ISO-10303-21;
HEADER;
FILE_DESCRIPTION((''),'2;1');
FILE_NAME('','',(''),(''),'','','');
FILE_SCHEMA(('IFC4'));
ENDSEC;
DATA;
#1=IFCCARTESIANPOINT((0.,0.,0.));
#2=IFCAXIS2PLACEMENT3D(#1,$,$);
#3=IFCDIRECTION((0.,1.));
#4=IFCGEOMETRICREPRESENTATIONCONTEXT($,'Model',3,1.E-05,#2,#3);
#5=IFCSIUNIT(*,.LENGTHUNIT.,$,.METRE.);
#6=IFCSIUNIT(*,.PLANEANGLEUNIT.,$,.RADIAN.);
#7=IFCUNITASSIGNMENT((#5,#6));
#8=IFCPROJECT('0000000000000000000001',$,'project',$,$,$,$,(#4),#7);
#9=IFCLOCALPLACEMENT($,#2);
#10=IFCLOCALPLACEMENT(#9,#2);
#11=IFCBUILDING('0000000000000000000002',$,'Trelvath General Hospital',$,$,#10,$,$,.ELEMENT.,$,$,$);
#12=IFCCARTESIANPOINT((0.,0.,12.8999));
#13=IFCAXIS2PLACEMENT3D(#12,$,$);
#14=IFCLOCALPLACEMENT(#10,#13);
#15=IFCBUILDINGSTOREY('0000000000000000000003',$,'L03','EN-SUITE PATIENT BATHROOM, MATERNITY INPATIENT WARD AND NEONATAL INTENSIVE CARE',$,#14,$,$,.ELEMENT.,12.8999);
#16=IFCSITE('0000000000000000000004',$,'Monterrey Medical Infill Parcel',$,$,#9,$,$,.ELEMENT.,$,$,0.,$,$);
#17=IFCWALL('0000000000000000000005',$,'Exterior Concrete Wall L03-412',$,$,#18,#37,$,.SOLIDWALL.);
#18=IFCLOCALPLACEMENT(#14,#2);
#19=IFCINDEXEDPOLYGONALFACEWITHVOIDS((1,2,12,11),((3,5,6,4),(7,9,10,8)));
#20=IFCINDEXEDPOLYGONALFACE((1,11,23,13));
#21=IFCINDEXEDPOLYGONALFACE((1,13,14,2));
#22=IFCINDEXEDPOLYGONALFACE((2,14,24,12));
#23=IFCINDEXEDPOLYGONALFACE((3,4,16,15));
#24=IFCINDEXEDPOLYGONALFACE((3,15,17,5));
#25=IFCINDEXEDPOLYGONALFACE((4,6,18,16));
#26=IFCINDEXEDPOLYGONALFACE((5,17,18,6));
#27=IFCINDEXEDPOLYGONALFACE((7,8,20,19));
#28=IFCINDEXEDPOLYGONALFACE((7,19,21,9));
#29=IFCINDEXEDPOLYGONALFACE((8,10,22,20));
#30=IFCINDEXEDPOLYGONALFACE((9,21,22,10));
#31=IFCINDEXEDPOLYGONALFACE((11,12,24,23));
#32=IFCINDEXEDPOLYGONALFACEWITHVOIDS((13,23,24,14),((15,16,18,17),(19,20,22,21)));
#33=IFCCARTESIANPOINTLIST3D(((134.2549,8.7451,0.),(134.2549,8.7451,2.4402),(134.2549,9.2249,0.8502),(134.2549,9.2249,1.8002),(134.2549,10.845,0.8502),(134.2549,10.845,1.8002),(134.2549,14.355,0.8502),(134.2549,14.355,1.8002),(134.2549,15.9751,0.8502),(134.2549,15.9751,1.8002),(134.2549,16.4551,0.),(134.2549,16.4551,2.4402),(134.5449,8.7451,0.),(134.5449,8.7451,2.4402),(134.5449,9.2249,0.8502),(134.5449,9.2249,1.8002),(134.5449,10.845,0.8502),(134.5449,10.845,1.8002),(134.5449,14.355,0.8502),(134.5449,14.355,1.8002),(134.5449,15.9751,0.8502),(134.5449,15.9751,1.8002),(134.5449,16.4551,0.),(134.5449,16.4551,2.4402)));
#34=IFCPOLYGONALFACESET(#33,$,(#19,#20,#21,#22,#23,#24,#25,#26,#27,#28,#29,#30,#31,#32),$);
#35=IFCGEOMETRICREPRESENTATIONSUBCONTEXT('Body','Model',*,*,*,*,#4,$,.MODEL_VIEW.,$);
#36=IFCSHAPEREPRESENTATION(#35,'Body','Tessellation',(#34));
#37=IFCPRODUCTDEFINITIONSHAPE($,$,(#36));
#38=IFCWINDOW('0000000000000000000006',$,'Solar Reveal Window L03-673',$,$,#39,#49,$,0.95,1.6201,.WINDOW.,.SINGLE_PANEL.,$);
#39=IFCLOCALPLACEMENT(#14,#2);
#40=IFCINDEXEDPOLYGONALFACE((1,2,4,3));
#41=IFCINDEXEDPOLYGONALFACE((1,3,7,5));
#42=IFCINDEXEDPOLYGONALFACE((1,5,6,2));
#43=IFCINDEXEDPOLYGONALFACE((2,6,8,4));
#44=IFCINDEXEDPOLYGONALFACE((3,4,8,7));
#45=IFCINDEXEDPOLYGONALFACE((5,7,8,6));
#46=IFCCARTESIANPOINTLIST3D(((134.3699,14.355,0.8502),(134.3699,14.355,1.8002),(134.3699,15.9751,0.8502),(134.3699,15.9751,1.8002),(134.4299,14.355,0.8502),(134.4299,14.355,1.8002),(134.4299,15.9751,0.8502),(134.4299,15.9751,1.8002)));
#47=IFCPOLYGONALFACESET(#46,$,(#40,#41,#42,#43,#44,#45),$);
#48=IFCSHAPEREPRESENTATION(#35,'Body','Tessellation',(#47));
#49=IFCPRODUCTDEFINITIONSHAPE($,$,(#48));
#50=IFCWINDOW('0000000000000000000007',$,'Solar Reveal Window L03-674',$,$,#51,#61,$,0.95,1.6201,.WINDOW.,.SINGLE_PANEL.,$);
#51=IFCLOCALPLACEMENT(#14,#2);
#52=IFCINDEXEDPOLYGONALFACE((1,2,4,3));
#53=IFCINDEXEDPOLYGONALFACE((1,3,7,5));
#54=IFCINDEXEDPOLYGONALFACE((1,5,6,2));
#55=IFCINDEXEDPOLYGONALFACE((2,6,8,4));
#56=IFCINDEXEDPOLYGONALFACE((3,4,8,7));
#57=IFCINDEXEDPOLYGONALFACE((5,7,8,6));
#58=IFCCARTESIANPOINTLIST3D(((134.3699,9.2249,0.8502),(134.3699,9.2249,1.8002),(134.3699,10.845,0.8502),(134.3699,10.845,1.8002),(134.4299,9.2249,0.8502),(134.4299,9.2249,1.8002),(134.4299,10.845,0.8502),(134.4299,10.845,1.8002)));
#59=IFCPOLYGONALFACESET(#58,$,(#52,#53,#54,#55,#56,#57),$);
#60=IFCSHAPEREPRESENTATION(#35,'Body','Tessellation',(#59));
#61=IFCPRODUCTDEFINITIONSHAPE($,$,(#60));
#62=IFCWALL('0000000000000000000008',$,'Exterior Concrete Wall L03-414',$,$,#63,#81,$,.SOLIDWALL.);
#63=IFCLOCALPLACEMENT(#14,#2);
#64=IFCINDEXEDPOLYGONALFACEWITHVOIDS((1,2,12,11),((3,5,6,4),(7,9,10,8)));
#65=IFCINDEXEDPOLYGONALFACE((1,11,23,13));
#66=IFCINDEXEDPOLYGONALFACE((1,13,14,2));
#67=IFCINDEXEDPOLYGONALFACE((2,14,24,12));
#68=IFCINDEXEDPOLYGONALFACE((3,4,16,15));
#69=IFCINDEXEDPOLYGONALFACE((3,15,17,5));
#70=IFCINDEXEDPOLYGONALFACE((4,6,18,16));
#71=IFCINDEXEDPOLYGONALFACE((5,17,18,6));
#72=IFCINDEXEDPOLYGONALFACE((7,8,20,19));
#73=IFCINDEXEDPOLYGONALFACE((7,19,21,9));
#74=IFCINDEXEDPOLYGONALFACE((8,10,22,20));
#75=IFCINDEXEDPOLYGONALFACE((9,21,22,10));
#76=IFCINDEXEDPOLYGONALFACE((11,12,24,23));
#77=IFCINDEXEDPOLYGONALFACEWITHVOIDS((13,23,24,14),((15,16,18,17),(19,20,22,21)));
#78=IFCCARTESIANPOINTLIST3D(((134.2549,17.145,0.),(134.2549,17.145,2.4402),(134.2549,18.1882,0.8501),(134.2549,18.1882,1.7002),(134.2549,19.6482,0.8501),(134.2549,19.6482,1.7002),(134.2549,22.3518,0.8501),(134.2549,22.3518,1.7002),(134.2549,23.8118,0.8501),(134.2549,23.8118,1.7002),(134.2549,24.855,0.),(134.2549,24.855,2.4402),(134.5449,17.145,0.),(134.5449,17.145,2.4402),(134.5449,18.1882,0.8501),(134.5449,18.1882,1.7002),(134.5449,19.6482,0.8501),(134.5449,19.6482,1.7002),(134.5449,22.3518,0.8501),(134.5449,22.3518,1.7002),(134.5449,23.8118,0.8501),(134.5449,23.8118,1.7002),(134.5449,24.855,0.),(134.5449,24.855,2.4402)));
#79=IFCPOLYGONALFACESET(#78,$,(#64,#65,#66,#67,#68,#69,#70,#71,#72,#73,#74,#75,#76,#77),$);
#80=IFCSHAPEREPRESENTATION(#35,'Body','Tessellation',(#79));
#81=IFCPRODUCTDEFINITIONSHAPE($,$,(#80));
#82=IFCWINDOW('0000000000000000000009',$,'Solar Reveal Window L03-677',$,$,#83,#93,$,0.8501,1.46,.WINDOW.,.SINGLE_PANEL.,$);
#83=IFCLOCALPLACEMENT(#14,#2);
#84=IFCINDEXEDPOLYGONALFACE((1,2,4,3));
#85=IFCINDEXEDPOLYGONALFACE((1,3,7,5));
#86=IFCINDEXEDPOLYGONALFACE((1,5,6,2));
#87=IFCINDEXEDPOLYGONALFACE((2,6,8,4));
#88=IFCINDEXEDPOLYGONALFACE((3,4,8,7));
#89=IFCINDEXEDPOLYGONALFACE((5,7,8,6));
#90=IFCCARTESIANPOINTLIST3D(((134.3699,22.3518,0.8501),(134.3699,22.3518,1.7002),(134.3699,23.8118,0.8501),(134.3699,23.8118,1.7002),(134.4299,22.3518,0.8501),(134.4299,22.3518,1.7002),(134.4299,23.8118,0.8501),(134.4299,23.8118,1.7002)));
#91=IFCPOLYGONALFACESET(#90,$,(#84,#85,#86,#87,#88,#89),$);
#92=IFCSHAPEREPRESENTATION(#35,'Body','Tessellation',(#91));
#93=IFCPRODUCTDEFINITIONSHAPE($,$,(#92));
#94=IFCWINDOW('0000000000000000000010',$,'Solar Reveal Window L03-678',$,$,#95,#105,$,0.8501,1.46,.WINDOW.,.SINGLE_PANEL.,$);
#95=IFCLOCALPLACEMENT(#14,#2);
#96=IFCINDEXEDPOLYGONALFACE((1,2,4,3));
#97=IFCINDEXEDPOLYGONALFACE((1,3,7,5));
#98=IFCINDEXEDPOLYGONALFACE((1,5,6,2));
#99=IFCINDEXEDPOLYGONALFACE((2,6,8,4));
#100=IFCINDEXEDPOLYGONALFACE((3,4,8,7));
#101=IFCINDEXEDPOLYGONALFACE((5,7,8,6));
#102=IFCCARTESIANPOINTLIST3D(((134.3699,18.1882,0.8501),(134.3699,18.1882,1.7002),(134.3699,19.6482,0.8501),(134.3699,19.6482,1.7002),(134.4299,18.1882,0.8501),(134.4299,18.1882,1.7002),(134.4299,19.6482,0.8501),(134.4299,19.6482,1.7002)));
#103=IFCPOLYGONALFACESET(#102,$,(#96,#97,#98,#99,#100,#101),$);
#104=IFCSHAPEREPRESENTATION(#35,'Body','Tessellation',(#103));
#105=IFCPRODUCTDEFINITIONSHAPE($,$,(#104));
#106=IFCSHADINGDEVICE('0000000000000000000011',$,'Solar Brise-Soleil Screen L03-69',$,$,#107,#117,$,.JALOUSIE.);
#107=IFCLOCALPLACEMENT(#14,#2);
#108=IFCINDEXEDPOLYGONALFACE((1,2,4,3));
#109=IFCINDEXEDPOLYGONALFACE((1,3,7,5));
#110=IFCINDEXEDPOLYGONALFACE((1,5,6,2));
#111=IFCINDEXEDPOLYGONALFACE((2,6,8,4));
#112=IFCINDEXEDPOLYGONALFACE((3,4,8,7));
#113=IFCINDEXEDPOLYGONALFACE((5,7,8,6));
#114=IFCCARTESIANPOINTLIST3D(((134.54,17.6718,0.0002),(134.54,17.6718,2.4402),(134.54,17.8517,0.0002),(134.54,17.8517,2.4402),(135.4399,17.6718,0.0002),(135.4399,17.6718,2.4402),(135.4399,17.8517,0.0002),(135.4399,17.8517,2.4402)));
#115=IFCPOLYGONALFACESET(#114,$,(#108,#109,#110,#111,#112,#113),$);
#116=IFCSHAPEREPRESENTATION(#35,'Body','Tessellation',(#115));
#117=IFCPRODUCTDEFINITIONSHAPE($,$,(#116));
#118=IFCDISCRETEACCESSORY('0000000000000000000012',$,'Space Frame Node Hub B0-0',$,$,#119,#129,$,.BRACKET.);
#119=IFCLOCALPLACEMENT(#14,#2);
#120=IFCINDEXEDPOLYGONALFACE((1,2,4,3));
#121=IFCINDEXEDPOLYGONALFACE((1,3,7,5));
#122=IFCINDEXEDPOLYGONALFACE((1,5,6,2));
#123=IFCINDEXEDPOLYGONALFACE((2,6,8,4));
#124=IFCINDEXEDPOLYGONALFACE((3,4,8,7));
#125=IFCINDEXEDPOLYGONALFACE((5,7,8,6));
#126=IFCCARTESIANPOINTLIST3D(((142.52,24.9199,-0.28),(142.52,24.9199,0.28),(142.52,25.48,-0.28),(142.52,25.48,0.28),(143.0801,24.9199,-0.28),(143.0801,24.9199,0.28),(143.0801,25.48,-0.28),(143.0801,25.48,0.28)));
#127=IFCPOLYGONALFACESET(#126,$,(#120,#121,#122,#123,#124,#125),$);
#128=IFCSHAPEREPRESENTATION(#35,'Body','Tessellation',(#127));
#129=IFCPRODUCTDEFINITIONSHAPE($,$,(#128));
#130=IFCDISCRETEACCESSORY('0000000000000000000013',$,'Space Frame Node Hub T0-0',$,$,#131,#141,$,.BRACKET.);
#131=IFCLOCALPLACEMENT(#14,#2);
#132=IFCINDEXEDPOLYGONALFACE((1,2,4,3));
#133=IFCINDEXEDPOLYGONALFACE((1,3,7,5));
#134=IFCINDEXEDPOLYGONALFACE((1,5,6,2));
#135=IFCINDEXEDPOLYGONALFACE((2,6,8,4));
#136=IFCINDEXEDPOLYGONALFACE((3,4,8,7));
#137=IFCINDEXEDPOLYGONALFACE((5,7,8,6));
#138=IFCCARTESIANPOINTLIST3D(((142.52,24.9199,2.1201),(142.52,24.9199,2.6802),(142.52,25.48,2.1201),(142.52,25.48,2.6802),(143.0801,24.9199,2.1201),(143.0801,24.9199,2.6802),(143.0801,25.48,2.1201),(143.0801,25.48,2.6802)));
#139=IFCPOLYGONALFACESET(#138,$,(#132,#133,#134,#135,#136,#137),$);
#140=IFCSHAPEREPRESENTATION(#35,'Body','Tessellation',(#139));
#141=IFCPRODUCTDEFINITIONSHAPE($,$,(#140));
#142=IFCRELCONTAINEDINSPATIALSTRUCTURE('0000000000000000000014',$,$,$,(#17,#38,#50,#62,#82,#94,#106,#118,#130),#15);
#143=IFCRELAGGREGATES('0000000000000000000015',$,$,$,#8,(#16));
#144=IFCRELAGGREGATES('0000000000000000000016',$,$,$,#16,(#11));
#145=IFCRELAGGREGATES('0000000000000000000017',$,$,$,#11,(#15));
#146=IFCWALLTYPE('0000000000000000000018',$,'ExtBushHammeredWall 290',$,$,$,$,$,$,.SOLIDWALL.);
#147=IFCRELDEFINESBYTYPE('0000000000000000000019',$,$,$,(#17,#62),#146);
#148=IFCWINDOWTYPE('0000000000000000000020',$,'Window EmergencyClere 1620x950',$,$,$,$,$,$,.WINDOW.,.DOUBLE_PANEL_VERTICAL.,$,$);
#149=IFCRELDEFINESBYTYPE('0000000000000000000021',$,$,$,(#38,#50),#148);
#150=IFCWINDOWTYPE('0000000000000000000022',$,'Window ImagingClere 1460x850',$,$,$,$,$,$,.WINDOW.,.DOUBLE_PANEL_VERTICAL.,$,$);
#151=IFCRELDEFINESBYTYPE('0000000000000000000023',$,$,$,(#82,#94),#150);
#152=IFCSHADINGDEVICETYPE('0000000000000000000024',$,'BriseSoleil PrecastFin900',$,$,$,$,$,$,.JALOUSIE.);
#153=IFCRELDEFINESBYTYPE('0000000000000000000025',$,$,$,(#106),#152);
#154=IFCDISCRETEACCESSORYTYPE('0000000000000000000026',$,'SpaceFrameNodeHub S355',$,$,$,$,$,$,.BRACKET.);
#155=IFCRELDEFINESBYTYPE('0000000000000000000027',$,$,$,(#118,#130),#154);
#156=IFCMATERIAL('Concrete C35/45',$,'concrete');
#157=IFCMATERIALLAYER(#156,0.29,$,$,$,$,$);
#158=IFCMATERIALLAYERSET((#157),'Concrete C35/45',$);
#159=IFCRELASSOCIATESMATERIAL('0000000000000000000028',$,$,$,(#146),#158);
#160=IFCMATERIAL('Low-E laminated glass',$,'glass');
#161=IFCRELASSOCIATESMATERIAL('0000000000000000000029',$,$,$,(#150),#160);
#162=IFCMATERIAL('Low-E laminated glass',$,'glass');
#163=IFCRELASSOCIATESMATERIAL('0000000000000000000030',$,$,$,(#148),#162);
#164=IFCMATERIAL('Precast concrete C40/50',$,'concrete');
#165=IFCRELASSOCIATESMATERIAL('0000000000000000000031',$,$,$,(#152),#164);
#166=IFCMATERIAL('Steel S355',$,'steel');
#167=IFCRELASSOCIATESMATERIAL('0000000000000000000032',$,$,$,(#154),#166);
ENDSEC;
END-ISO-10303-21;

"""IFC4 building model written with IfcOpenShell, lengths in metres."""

from ifc_helpers import new_model, si_unit, direction, frame, frame_2d, origin, origin_2d, place, context, subcontext, project, spatial, rectangle, extrude, material, layer, layer_set, type_object, element, fill, save


model = new_model("IFC4")

# Units and contexts
model_context = context("Model", 3, precision=1e-05, world=origin(), true_north=direction((0.0, 1.0)))
body_context = subcontext(model_context, "Body", "Model", "MODEL_VIEW")
ifc_project = project(units=[si_unit("LENGTHUNIT", "METRE"), si_unit("PLANEANGLEUNIT", "RADIAN")], contexts=[model_context])

# Site, building, storey
site_placement = place(None, origin())
site = spatial("IfcSite", under=ifc_project, at=site_placement, Name="Monterrey Medical Infill Parcel", CompositionType="ELEMENT", RefElevation=0.0)
building_placement = place(site_placement, origin())
building = spatial("IfcBuilding", under=site, at=building_placement, Name="Trelvath General Hospital", CompositionType="ELEMENT")
storey_placement = place(building_placement, frame((0.0, 0.0, 12.8999)))
storey = spatial("IfcBuildingStorey", under=building, at=storey_placement, Name="L03", Description="EN-SUITE PATIENT BATHROOM, MATERNITY INPATIENT WARD AND NEONATAL INTENSIVE CARE", CompositionType="ELEMENT", Elevation=12.8999)

# Walls, openings, windows
ifc_material_1 = material(Name="Concrete C35/45", Category="concrete")
ifc_layer_1 = layer(ifc_material_1, 0.29)
ifc_layer_set_1 = layer_set([ifc_layer_1], Name="Concrete C35/45")
wall_type_1 = type_object("IfcWallType", Name="ExtBushHammeredWall 290", PredefinedType="SOLIDWALL", material=ifc_layer_set_1)
ifc_material_2 = material(Name="Low-E laminated glass", Category="glass")
window_type_1 = type_object("IfcWindowType", Name="Window ImagingClere 1460x850", PartitioningType="DOUBLE_PANEL_VERTICAL", PredefinedType="WINDOW", material=ifc_material_2)
wall_1_placement = place(storey_placement, frame((134.3999, 16.4551, 0.0), z_axis=(0.0, 0.0, 1.0), x_axis=(0.0, -1.0, 0.0)))
wall_1 = element("IfcWall", 1, at=wall_1_placement, inside=storey, type_object=wall_type_1, Name="Exterior Concrete Wall L03-412", PredefinedType="SOLIDWALL", context=body_context, shape_type="SweptSolid", body=[
    extrude(rectangle(XDim=7.71, YDim=0.29, at=frame_2d((3.855, 0.0))), origin(), (0.0, 0.0, 1.0), 2.4402),
])
opening_1_placement = place(wall_1_placement, frame((0.48, 0.0, 0.8501)))
opening_1 = element("IfcOpeningElement", 2, at=opening_1_placement, cuts=wall_1, PredefinedType="OPENING", context=body_context, shape_type="SweptSolid", body=[
    extrude(rectangle(XDim=1.6201, YDim=0.95, at=frame_2d((0.8101, 0.4751))), frame((0.0, 0.155, 0.0), z_axis=(0.0, -1.0, 0.0), x_axis=(1.0, 0.0, 0.0)), (0.0, 0.0, 1.0), 0.3101),
])
opening_2_placement = place(wall_1_placement, frame((5.6101, 0.0, 0.8501)))
opening_2 = element("IfcOpeningElement", 3, at=opening_2_placement, cuts=wall_1, PredefinedType="OPENING", context=body_context, shape_type="SweptSolid", body=[
    extrude(rectangle(XDim=1.6201, YDim=0.95, at=frame_2d((0.8101, 0.4751))), frame((0.0, 0.155, 0.0), z_axis=(0.0, -1.0, 0.0), x_axis=(1.0, 0.0, 0.0)), (0.0, 0.0, 1.0), 0.3101),
])
ifc_material_3 = material(Name="Low-E laminated glass", Category="glass")
window_type_2 = type_object("IfcWindowType", Name="Window EmergencyClere 1620x950", PartitioningType="DOUBLE_PANEL_VERTICAL", PredefinedType="WINDOW", material=ifc_material_3)
window_1_placement = place(opening_1_placement, origin())
window_1 = element("IfcWindow", 4, at=window_1_placement, inside=storey, type_object=window_type_2, Name="Solar Reveal Window L03-673", OverallHeight=0.95, OverallWidth=1.6201, PartitioningType="SINGLE_PANEL", PredefinedType="WINDOW", context=body_context, shape_type="SweptSolid", body=[
    extrude(rectangle(XDim=1.6201, YDim=0.95, at=frame_2d((0.8101, 0.4751))), frame((0.0, 0.03, 0.0), z_axis=(0.0, -1.0, 0.0), x_axis=(1.0, 0.0, 0.0)), (0.0, 0.0, 1.0), 0.0601),
])
fill(opening_1, window_1)
window_2_placement = place(opening_2_placement, origin())
window_2 = element("IfcWindow", 5, at=window_2_placement, inside=storey, type_object=window_type_2, Name="Solar Reveal Window L03-674", OverallHeight=0.95, OverallWidth=1.6201, PartitioningType="SINGLE_PANEL", PredefinedType="WINDOW", context=body_context, shape_type="SweptSolid", body=[
    extrude(rectangle(XDim=1.6201, YDim=0.95, at=frame_2d((0.8101, 0.4751))), frame((0.0, 0.03, 0.0), z_axis=(0.0, -1.0, 0.0), x_axis=(1.0, 0.0, 0.0)), (0.0, 0.0, 1.0), 0.0601),
])
fill(opening_2, window_2)
wall_2_placement = place(storey_placement, frame((134.3999, 24.855, 0.0), z_axis=(0.0, 0.0, 1.0), x_axis=(0.0, -1.0, 0.0)))
wall_2 = element("IfcWall", 6, at=wall_2_placement, inside=storey, type_object=wall_type_1, Name="Exterior Concrete Wall L03-414", PredefinedType="SOLIDWALL", context=body_context, shape_type="SweptSolid", body=[
    extrude(rectangle(XDim=7.71, YDim=0.29, at=frame_2d((3.855, 0.0))), origin(), (0.0, 0.0, 1.0), 2.4402),
])
opening_3_placement = place(wall_2_placement, frame((1.0432, 0.0, 0.8501)))
opening_3 = element("IfcOpeningElement", 7, at=opening_3_placement, cuts=wall_2, PredefinedType="OPENING", context=body_context, shape_type="SweptSolid", body=[
    extrude(rectangle(XDim=1.46, YDim=0.8501, at=frame_2d((0.73, 0.425))), frame((0.0, 0.155, 0.0), z_axis=(0.0, -1.0, 0.0), x_axis=(1.0, 0.0, 0.0)), (0.0, 0.0, 1.0), 0.3101),
])
opening_4_placement = place(wall_2_placement, frame((5.2068, 0.0, 0.8501)))
opening_4 = element("IfcOpeningElement", 8, at=opening_4_placement, cuts=wall_2, PredefinedType="OPENING", context=body_context, shape_type="SweptSolid", body=[
    extrude(rectangle(XDim=1.46, YDim=0.8501, at=frame_2d((0.73, 0.425))), frame((0.0, 0.155, 0.0), z_axis=(0.0, -1.0, 0.0), x_axis=(1.0, 0.0, 0.0)), (0.0, 0.0, 1.0), 0.3101),
])
window_3_placement = place(opening_3_placement, origin())
window_3 = element("IfcWindow", 9, at=window_3_placement, inside=storey, type_object=window_type_1, Name="Solar Reveal Window L03-677", OverallHeight=0.8501, OverallWidth=1.46, PartitioningType="SINGLE_PANEL", PredefinedType="WINDOW", context=body_context, shape_type="SweptSolid", body=[
    extrude(rectangle(XDim=1.46, YDim=0.8501, at=frame_2d((0.73, 0.425))), frame((0.0, 0.03, 0.0), z_axis=(0.0, -1.0, 0.0), x_axis=(1.0, 0.0, 0.0)), (0.0, 0.0, 1.0), 0.0601),
])
fill(opening_3, window_3)
window_4_placement = place(opening_4_placement, origin())
window_4 = element("IfcWindow", 10, at=window_4_placement, inside=storey, type_object=window_type_1, Name="Solar Reveal Window L03-678", OverallHeight=0.8501, OverallWidth=1.46, PartitioningType="SINGLE_PANEL", PredefinedType="WINDOW", context=body_context, shape_type="SweptSolid", body=[
    extrude(rectangle(XDim=1.46, YDim=0.8501, at=frame_2d((0.73, 0.425))), frame((0.0, 0.03, 0.0), z_axis=(0.0, -1.0, 0.0), x_axis=(1.0, 0.0, 0.0)), (0.0, 0.0, 1.0), 0.0601),
])
fill(opening_4, window_4)

# Shading device
ifc_material_4 = material(Name="Precast concrete C40/50", Category="concrete")
shading_device_type = type_object("IfcShadingDeviceType", Name="BriseSoleil PrecastFin900", PredefinedType="JALOUSIE", material=ifc_material_4)
shading_device_placement = place(storey_placement, frame((134.99, 17.7617, 0.0002), z_axis=(0.0, 0.0, 1.0), x_axis=(1.0, 0.0, 0.0)))
element("IfcShadingDevice", 11, at=shading_device_placement, inside=storey, type_object=shading_device_type, Name="Solar Brise-Soleil Screen L03-69", PredefinedType="JALOUSIE", context=body_context, shape_type="SweptSolid", body=[
    extrude(rectangle(XDim=0.8999, YDim=0.1799, at=origin_2d()), origin(), (0.0, 0.0, 1.0), 2.4399),
])

# Discrete accessories
ifc_material_5 = material(Name="Steel S355", Category="steel")
discrete_accessory_type = type_object("IfcDiscreteAccessoryType", Name="SpaceFrameNodeHub S355", PredefinedType="BRACKET", material=ifc_material_5)
for number, where, z_axis, x_axis, name in (
    (12, (142.8, 25.2, -0.28), (0.0, 0.0, 1.0), (1.0, 0.0, 0.0), "Space Frame Node Hub B0-0"),
    (13, (142.8, 25.2, 2.1201), (0.0, 0.0, 1.0), (1.0, 0.0, 0.0), "Space Frame Node Hub T0-0"),
):
    element("IfcDiscreteAccessory", number, at=place(storey_placement, frame(where, z_axis=z_axis, x_axis=x_axis)), inside=storey, type_object=discrete_accessory_type, Name=name, PredefinedType="BRACKET", context=body_context, shape_type="SweptSolid", body=[
        extrude(rectangle(XDim=0.5601, YDim=0.5601, at=origin_2d()), origin(), (0.0, 0.0, 1.0), 0.5601),
    ])

save(model, "model.ifc")
